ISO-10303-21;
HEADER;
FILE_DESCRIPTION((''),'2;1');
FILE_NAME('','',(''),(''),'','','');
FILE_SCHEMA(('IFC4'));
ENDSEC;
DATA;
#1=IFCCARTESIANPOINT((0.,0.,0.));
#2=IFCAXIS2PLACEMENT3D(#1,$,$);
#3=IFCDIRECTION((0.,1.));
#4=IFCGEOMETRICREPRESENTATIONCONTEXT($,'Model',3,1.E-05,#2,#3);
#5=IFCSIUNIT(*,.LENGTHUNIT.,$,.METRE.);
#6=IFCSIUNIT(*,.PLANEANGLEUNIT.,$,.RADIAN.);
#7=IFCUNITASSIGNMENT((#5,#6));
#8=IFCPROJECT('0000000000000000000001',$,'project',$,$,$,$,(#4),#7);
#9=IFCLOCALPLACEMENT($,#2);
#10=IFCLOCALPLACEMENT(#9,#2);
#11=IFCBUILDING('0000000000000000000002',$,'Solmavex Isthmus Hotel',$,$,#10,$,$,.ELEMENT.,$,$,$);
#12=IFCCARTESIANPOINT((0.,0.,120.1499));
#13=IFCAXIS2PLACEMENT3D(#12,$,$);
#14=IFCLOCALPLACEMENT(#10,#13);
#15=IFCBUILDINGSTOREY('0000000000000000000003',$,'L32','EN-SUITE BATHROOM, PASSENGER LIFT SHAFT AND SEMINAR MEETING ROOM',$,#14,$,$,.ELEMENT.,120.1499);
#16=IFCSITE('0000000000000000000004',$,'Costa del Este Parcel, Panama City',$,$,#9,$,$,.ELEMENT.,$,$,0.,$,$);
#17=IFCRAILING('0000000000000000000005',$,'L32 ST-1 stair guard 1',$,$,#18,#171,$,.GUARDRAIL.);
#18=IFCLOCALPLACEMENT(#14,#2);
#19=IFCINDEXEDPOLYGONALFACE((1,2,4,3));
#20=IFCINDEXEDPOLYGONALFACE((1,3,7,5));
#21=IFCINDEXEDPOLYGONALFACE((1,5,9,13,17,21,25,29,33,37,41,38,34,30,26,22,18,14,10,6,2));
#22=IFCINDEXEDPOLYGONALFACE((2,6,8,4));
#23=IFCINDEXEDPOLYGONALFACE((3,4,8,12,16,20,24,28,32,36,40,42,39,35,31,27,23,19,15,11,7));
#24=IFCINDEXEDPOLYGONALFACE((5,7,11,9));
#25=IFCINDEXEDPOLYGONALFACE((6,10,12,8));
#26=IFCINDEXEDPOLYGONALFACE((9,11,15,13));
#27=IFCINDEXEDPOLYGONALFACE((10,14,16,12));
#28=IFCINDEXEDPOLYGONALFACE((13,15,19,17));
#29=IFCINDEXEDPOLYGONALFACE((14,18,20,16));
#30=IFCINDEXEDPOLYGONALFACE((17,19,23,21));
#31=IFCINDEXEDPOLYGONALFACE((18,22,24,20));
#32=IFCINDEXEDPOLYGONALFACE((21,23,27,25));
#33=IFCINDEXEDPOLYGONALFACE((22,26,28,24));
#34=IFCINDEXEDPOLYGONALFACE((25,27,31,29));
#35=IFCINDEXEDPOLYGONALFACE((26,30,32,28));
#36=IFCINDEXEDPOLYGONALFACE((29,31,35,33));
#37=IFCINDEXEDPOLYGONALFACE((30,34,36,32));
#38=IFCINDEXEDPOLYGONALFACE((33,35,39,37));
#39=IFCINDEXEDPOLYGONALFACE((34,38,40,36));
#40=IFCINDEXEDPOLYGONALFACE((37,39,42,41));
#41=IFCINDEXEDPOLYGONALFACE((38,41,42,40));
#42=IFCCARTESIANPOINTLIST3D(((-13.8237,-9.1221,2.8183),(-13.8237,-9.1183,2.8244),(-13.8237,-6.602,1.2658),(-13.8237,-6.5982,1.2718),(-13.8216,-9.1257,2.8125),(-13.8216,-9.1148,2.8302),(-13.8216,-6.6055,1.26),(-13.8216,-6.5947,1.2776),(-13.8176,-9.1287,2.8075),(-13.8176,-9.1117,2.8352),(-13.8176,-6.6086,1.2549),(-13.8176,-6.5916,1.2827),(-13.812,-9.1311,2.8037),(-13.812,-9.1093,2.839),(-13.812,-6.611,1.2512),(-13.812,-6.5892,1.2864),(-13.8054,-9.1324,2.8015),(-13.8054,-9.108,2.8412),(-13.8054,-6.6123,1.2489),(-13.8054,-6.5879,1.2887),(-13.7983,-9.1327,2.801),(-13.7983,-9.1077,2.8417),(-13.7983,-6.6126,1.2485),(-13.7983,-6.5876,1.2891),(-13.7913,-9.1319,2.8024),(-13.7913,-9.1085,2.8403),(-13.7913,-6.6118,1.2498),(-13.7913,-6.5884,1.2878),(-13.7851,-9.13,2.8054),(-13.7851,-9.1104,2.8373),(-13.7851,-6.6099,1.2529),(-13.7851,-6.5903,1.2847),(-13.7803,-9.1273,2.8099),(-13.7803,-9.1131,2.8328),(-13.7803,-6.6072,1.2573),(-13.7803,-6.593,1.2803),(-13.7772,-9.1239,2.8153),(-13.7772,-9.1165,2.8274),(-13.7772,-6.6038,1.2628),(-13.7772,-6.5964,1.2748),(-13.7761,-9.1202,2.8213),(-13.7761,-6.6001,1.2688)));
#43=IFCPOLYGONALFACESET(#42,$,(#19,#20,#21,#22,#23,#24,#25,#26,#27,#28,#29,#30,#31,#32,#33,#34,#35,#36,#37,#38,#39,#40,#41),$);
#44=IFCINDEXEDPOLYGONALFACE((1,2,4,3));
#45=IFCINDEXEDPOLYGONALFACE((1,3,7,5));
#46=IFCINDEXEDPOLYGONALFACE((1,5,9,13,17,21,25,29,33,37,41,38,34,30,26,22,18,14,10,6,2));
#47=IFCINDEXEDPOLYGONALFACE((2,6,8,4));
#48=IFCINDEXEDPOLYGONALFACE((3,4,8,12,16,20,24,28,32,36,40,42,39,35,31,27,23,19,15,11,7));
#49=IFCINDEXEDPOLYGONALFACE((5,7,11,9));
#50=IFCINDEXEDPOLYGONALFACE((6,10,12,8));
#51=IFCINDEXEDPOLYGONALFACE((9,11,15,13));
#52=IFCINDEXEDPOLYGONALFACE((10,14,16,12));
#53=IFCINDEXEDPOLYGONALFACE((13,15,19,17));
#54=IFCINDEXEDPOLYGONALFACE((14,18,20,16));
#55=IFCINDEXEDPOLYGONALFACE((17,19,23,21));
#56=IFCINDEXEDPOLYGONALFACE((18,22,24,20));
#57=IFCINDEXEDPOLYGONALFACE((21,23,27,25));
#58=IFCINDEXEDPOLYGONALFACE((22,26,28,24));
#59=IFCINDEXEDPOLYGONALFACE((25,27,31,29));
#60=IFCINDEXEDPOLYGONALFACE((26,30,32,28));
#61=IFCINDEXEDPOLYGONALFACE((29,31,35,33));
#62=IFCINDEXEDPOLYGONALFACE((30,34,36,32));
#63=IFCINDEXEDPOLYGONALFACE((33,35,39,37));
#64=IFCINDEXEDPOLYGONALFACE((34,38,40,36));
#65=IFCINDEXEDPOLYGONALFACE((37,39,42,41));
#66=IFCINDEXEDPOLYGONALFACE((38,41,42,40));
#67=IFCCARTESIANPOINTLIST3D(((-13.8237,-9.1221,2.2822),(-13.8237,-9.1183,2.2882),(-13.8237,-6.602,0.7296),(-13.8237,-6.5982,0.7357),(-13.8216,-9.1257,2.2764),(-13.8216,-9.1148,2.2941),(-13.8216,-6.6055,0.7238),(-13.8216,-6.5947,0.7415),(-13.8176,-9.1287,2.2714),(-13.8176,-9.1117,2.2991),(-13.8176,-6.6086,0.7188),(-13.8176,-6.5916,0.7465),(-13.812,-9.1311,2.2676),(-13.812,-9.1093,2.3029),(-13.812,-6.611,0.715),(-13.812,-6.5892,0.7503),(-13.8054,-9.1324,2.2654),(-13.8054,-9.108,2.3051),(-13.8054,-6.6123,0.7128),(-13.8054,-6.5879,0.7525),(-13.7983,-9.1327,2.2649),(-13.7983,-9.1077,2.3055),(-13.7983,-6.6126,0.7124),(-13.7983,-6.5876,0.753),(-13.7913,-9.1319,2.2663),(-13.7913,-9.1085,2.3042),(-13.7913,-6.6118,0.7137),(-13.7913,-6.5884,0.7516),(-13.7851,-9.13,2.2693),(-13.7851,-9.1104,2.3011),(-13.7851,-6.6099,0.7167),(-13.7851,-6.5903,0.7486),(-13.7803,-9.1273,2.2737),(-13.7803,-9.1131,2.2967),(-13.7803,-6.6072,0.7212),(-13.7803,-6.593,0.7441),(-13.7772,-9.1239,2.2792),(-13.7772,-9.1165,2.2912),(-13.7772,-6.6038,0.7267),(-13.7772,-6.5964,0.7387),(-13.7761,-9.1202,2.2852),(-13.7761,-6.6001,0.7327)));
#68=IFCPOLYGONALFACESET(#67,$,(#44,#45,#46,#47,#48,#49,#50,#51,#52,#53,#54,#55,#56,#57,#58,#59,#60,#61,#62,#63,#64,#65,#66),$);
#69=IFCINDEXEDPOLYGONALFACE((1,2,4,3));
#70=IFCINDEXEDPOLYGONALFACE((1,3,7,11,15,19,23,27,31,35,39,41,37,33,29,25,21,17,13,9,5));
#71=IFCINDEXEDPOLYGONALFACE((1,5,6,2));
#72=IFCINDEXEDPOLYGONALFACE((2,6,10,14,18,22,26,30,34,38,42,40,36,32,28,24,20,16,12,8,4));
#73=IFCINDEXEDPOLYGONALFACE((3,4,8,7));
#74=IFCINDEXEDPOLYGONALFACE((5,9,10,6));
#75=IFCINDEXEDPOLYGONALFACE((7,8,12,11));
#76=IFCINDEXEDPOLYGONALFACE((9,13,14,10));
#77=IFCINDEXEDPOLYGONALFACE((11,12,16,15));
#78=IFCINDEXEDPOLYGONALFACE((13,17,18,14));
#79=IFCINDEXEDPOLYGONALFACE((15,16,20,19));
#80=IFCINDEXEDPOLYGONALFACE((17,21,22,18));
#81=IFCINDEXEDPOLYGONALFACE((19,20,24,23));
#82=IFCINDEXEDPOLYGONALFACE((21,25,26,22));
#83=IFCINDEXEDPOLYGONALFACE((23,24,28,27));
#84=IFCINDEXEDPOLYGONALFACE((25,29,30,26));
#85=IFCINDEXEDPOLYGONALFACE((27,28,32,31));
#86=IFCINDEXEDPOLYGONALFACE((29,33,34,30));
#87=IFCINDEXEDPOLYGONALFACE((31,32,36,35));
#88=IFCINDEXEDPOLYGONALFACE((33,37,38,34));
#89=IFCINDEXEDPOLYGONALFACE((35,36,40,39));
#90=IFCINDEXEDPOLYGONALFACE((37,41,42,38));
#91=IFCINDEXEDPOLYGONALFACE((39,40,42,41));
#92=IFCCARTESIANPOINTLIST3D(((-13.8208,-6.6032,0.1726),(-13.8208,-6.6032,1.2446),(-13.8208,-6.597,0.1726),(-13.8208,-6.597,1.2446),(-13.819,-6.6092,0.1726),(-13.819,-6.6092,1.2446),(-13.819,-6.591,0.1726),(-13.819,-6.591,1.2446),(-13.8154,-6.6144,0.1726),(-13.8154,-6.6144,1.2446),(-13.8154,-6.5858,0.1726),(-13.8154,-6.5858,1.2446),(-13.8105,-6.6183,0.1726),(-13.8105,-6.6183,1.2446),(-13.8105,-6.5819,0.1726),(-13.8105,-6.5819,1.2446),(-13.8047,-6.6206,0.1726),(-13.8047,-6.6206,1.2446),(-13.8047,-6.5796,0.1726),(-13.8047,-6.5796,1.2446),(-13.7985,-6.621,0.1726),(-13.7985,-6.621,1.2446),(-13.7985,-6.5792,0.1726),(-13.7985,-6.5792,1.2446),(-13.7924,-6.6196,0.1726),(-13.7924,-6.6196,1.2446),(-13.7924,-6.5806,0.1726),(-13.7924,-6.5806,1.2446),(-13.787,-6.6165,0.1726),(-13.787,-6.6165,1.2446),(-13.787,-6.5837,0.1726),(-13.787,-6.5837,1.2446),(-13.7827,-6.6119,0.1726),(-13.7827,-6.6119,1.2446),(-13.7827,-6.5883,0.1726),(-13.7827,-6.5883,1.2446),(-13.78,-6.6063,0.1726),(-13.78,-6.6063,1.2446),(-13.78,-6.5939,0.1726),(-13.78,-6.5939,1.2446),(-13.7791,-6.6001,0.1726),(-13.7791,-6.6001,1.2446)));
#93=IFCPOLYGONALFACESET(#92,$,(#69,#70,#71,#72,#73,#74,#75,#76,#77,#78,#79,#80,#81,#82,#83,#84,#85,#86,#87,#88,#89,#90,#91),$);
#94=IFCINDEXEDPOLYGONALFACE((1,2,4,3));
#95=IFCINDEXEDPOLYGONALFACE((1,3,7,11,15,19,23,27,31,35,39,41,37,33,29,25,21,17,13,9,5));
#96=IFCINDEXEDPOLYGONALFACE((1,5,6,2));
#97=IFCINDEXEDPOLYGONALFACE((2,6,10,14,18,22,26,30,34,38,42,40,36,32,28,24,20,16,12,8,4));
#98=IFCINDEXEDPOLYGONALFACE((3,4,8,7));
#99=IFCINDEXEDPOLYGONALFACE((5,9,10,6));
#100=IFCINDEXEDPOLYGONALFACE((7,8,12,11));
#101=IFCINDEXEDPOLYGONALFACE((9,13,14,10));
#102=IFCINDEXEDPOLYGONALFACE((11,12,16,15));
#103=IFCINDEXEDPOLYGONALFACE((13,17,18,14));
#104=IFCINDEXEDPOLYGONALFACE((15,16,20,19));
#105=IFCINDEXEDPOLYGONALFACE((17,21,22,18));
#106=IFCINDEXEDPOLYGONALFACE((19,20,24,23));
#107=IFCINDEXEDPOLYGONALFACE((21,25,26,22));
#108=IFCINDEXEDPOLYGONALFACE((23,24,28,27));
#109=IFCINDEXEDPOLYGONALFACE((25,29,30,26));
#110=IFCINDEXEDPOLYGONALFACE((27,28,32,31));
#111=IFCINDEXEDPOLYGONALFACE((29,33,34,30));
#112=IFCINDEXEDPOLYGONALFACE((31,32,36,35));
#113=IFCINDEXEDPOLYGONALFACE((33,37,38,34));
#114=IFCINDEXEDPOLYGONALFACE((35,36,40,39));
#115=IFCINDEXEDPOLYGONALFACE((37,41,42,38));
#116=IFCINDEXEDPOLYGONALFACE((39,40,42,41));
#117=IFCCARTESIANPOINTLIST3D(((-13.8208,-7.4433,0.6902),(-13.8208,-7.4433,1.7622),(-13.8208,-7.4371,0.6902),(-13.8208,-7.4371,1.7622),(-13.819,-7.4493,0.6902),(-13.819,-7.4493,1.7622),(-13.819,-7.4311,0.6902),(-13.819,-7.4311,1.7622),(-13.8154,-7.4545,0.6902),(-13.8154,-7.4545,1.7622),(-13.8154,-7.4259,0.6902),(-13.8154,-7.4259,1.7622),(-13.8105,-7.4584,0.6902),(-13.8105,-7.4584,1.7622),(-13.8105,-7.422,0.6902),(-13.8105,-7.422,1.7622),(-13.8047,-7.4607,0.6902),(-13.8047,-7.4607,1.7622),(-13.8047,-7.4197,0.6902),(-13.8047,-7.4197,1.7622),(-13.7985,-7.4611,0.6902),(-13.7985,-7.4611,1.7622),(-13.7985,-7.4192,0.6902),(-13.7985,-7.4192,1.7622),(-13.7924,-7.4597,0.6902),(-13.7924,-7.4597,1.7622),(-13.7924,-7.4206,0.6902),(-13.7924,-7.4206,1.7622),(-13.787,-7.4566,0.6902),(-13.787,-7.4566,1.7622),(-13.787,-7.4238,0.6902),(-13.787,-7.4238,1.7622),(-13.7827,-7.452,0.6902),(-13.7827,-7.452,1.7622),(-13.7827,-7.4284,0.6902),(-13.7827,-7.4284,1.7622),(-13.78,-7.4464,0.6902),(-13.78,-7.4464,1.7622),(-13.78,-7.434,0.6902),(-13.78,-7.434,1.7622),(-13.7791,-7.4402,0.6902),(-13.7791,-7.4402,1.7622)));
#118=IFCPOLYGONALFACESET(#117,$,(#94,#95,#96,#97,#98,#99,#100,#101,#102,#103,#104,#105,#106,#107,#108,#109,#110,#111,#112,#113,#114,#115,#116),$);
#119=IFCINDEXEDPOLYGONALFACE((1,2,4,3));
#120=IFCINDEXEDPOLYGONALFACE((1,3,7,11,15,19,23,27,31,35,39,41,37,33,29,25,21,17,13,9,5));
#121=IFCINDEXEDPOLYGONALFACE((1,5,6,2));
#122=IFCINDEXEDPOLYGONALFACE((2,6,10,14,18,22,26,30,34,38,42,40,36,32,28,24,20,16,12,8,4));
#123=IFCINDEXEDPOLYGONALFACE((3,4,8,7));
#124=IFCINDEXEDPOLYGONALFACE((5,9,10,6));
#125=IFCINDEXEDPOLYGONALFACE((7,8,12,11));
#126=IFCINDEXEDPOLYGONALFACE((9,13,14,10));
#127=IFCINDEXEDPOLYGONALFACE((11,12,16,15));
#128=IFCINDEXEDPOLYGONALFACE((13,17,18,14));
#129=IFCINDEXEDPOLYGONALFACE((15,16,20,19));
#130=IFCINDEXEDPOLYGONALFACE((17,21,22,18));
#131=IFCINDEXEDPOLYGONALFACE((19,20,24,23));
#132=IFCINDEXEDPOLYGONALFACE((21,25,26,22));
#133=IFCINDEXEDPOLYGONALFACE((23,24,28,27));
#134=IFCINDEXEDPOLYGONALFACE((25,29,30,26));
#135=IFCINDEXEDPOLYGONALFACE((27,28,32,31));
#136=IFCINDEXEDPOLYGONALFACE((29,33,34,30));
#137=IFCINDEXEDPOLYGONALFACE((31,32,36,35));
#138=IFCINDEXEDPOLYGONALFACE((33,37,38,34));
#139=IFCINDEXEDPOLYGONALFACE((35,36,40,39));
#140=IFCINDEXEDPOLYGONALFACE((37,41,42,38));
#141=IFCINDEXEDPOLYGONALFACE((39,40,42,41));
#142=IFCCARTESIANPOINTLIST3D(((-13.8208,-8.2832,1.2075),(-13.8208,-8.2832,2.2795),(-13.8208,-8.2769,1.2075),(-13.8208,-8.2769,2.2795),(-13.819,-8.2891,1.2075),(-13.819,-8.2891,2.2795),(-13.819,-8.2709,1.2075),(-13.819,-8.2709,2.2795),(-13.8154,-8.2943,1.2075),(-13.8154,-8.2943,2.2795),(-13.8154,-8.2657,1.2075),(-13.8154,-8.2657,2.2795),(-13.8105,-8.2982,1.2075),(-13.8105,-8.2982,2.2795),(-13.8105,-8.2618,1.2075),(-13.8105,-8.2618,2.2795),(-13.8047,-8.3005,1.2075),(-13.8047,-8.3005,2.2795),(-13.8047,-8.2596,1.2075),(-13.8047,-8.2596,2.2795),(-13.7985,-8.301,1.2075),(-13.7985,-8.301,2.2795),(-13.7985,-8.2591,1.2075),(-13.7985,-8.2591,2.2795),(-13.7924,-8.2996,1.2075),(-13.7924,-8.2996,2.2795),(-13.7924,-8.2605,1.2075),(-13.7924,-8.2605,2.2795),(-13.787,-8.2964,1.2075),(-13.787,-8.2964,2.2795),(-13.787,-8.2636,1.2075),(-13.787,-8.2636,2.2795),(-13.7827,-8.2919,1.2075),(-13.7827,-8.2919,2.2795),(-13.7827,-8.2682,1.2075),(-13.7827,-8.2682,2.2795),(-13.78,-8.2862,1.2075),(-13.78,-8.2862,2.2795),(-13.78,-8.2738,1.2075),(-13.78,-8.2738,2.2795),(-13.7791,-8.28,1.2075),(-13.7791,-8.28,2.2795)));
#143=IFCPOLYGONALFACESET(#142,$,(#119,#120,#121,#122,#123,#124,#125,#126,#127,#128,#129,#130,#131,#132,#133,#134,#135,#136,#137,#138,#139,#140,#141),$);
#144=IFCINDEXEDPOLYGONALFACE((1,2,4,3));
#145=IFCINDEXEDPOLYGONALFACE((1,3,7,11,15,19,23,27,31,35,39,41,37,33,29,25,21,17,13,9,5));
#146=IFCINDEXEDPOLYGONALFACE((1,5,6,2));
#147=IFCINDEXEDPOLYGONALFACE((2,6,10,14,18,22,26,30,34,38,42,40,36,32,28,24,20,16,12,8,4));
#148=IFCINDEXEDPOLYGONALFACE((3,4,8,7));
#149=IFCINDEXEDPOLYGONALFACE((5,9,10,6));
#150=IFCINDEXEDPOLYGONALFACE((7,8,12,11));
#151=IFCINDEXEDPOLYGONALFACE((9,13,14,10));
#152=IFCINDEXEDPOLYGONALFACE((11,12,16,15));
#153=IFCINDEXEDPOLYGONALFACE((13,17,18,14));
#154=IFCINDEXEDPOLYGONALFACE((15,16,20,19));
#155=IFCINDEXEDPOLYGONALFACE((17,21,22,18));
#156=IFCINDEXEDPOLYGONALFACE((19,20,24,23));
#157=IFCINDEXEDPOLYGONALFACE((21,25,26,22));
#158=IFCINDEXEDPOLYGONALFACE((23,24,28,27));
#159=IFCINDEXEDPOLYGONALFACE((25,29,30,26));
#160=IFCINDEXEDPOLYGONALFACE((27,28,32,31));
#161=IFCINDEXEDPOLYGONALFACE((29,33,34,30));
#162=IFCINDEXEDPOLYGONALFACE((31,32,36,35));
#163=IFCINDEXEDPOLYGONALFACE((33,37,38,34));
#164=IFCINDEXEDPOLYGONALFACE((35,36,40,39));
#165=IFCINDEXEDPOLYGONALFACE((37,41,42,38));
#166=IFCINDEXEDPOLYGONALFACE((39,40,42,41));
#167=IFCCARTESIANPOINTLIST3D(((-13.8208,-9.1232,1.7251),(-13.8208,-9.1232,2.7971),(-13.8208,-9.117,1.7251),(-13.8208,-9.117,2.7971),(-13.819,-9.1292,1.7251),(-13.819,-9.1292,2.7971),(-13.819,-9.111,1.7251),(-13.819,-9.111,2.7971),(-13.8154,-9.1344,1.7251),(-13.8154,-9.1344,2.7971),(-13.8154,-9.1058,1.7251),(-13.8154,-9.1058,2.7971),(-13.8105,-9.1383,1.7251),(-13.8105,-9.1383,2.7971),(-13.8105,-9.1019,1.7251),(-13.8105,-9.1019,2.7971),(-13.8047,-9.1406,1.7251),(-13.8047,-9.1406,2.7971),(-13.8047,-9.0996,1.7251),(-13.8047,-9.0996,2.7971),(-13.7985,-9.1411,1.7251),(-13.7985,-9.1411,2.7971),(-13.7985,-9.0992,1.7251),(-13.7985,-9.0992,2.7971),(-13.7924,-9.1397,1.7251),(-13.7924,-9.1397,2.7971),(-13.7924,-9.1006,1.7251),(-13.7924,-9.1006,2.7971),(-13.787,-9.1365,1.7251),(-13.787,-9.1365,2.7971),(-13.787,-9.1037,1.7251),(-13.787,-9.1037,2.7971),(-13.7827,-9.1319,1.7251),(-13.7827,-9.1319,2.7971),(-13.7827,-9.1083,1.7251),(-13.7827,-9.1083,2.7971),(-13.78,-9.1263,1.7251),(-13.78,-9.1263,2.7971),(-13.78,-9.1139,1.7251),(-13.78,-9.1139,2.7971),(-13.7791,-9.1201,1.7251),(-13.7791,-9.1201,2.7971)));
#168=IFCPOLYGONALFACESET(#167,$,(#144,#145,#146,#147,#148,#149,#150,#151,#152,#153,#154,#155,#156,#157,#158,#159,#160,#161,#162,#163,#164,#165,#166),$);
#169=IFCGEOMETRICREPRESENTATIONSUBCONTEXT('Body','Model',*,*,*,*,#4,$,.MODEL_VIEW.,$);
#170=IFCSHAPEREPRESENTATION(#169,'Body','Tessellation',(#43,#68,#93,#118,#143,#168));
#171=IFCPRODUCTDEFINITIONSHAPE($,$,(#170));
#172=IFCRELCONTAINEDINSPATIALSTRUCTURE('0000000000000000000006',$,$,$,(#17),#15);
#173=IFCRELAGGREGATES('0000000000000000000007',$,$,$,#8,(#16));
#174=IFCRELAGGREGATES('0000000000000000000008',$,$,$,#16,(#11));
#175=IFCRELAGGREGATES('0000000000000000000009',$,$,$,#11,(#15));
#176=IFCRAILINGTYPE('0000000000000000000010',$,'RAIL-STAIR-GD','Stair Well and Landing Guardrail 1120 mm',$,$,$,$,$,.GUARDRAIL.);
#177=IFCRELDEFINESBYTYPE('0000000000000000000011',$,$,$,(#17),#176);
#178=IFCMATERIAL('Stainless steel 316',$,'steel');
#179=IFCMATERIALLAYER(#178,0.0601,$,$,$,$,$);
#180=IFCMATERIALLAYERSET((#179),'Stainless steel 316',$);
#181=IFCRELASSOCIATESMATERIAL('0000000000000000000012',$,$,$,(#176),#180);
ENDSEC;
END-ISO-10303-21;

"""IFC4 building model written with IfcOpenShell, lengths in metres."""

from ifc_helpers import new_model, si_unit, direction, frame, origin, origin_2d, place, context, subcontext, project, spatial, circle, extrude, material, layer, layer_set, type_object, element, save


model = new_model("IFC4")

# Units and contexts
model_context = context("Model", 3, precision=1e-05, world=origin(), true_north=direction((0.0, 1.0)))
body_context = subcontext(model_context, "Body", "Model", "MODEL_VIEW")
ifc_project = project(units=[si_unit("LENGTHUNIT", "METRE"), si_unit("PLANEANGLEUNIT", "RADIAN")], contexts=[model_context])

# Site, building, storey
site_placement = place(None, origin())
site = spatial("IfcSite", under=ifc_project, at=site_placement, Name="Costa del Este Parcel, Panama City", CompositionType="ELEMENT", RefElevation=0.0)
building_placement = place(site_placement, origin())
building = spatial("IfcBuilding", under=site, at=building_placement, Name="Solmavex Isthmus Hotel", CompositionType="ELEMENT")
storey_placement = place(building_placement, frame((0.0, 0.0, 120.1499)))
storey = spatial("IfcBuildingStorey", under=building, at=storey_placement, Name="L32", Description="EN-SUITE BATHROOM, PASSENGER LIFT SHAFT AND SEMINAR MEETING ROOM", CompositionType="ELEMENT", Elevation=120.1499)

# Railing
ifc_material_1 = material(Name="Stainless steel 316", Category="steel")
ifc_layer_1 = layer(ifc_material_1, 0.0601)
ifc_layer_set_1 = layer_set([ifc_layer_1], Name="Stainless steel 316")
railing_type_1 = type_object("IfcRailingType", Name="RAIL-STAIR-GD", Description="Stair Well and Landing Guardrail 1120 mm", PredefinedType="GUARDRAIL", material=ifc_layer_set_1)
railing_1_placement = place(storey_placement, frame((-13.8, -6.6001, 0.1726)))
element("IfcRailing", 1, at=railing_1_placement, inside=storey, type_object=railing_type_1, Name="L32 ST-1 stair guard 1", PredefinedType="GUARDRAIL", context=body_context, shape_type="SweptSolid", body=[
    extrude(circle(Radius=0.0239, at=origin_2d()), frame((0.0, 0.0, 1.0962), z_axis=(0.0, -0.8514, 0.524516), x_axis=(1.0, 0.0, 0.0)), (0.0, 0.0, 1.0), 2.96),
    extrude(circle(Radius=0.0239, at=origin_2d()), frame((0.0, 0.0, 0.5601), z_axis=(0.0, -0.8514, 0.524516), x_axis=(1.0, 0.0, 0.0)), (0.0, 0.0, 1.0), 2.96),
    extrude(circle(Radius=0.021, at=origin_2d()), origin(), (0.0, 0.0, 1.0), 1.072),
    extrude(circle(Radius=0.021, at=origin_2d()), frame((0.0, -0.8401, 0.5176)), (0.0, 0.0, 1.0), 1.072),
    extrude(circle(Radius=0.021, at=origin_2d()), frame((0.0, -1.6799, 1.0349)), (0.0, 0.0, 1.0), 1.072),
    extrude(circle(Radius=0.021, at=origin_2d()), frame((0.0, -2.52, 1.5525)), (0.0, 0.0, 1.0), 1.072),
])

save(model, "model.ifc")
